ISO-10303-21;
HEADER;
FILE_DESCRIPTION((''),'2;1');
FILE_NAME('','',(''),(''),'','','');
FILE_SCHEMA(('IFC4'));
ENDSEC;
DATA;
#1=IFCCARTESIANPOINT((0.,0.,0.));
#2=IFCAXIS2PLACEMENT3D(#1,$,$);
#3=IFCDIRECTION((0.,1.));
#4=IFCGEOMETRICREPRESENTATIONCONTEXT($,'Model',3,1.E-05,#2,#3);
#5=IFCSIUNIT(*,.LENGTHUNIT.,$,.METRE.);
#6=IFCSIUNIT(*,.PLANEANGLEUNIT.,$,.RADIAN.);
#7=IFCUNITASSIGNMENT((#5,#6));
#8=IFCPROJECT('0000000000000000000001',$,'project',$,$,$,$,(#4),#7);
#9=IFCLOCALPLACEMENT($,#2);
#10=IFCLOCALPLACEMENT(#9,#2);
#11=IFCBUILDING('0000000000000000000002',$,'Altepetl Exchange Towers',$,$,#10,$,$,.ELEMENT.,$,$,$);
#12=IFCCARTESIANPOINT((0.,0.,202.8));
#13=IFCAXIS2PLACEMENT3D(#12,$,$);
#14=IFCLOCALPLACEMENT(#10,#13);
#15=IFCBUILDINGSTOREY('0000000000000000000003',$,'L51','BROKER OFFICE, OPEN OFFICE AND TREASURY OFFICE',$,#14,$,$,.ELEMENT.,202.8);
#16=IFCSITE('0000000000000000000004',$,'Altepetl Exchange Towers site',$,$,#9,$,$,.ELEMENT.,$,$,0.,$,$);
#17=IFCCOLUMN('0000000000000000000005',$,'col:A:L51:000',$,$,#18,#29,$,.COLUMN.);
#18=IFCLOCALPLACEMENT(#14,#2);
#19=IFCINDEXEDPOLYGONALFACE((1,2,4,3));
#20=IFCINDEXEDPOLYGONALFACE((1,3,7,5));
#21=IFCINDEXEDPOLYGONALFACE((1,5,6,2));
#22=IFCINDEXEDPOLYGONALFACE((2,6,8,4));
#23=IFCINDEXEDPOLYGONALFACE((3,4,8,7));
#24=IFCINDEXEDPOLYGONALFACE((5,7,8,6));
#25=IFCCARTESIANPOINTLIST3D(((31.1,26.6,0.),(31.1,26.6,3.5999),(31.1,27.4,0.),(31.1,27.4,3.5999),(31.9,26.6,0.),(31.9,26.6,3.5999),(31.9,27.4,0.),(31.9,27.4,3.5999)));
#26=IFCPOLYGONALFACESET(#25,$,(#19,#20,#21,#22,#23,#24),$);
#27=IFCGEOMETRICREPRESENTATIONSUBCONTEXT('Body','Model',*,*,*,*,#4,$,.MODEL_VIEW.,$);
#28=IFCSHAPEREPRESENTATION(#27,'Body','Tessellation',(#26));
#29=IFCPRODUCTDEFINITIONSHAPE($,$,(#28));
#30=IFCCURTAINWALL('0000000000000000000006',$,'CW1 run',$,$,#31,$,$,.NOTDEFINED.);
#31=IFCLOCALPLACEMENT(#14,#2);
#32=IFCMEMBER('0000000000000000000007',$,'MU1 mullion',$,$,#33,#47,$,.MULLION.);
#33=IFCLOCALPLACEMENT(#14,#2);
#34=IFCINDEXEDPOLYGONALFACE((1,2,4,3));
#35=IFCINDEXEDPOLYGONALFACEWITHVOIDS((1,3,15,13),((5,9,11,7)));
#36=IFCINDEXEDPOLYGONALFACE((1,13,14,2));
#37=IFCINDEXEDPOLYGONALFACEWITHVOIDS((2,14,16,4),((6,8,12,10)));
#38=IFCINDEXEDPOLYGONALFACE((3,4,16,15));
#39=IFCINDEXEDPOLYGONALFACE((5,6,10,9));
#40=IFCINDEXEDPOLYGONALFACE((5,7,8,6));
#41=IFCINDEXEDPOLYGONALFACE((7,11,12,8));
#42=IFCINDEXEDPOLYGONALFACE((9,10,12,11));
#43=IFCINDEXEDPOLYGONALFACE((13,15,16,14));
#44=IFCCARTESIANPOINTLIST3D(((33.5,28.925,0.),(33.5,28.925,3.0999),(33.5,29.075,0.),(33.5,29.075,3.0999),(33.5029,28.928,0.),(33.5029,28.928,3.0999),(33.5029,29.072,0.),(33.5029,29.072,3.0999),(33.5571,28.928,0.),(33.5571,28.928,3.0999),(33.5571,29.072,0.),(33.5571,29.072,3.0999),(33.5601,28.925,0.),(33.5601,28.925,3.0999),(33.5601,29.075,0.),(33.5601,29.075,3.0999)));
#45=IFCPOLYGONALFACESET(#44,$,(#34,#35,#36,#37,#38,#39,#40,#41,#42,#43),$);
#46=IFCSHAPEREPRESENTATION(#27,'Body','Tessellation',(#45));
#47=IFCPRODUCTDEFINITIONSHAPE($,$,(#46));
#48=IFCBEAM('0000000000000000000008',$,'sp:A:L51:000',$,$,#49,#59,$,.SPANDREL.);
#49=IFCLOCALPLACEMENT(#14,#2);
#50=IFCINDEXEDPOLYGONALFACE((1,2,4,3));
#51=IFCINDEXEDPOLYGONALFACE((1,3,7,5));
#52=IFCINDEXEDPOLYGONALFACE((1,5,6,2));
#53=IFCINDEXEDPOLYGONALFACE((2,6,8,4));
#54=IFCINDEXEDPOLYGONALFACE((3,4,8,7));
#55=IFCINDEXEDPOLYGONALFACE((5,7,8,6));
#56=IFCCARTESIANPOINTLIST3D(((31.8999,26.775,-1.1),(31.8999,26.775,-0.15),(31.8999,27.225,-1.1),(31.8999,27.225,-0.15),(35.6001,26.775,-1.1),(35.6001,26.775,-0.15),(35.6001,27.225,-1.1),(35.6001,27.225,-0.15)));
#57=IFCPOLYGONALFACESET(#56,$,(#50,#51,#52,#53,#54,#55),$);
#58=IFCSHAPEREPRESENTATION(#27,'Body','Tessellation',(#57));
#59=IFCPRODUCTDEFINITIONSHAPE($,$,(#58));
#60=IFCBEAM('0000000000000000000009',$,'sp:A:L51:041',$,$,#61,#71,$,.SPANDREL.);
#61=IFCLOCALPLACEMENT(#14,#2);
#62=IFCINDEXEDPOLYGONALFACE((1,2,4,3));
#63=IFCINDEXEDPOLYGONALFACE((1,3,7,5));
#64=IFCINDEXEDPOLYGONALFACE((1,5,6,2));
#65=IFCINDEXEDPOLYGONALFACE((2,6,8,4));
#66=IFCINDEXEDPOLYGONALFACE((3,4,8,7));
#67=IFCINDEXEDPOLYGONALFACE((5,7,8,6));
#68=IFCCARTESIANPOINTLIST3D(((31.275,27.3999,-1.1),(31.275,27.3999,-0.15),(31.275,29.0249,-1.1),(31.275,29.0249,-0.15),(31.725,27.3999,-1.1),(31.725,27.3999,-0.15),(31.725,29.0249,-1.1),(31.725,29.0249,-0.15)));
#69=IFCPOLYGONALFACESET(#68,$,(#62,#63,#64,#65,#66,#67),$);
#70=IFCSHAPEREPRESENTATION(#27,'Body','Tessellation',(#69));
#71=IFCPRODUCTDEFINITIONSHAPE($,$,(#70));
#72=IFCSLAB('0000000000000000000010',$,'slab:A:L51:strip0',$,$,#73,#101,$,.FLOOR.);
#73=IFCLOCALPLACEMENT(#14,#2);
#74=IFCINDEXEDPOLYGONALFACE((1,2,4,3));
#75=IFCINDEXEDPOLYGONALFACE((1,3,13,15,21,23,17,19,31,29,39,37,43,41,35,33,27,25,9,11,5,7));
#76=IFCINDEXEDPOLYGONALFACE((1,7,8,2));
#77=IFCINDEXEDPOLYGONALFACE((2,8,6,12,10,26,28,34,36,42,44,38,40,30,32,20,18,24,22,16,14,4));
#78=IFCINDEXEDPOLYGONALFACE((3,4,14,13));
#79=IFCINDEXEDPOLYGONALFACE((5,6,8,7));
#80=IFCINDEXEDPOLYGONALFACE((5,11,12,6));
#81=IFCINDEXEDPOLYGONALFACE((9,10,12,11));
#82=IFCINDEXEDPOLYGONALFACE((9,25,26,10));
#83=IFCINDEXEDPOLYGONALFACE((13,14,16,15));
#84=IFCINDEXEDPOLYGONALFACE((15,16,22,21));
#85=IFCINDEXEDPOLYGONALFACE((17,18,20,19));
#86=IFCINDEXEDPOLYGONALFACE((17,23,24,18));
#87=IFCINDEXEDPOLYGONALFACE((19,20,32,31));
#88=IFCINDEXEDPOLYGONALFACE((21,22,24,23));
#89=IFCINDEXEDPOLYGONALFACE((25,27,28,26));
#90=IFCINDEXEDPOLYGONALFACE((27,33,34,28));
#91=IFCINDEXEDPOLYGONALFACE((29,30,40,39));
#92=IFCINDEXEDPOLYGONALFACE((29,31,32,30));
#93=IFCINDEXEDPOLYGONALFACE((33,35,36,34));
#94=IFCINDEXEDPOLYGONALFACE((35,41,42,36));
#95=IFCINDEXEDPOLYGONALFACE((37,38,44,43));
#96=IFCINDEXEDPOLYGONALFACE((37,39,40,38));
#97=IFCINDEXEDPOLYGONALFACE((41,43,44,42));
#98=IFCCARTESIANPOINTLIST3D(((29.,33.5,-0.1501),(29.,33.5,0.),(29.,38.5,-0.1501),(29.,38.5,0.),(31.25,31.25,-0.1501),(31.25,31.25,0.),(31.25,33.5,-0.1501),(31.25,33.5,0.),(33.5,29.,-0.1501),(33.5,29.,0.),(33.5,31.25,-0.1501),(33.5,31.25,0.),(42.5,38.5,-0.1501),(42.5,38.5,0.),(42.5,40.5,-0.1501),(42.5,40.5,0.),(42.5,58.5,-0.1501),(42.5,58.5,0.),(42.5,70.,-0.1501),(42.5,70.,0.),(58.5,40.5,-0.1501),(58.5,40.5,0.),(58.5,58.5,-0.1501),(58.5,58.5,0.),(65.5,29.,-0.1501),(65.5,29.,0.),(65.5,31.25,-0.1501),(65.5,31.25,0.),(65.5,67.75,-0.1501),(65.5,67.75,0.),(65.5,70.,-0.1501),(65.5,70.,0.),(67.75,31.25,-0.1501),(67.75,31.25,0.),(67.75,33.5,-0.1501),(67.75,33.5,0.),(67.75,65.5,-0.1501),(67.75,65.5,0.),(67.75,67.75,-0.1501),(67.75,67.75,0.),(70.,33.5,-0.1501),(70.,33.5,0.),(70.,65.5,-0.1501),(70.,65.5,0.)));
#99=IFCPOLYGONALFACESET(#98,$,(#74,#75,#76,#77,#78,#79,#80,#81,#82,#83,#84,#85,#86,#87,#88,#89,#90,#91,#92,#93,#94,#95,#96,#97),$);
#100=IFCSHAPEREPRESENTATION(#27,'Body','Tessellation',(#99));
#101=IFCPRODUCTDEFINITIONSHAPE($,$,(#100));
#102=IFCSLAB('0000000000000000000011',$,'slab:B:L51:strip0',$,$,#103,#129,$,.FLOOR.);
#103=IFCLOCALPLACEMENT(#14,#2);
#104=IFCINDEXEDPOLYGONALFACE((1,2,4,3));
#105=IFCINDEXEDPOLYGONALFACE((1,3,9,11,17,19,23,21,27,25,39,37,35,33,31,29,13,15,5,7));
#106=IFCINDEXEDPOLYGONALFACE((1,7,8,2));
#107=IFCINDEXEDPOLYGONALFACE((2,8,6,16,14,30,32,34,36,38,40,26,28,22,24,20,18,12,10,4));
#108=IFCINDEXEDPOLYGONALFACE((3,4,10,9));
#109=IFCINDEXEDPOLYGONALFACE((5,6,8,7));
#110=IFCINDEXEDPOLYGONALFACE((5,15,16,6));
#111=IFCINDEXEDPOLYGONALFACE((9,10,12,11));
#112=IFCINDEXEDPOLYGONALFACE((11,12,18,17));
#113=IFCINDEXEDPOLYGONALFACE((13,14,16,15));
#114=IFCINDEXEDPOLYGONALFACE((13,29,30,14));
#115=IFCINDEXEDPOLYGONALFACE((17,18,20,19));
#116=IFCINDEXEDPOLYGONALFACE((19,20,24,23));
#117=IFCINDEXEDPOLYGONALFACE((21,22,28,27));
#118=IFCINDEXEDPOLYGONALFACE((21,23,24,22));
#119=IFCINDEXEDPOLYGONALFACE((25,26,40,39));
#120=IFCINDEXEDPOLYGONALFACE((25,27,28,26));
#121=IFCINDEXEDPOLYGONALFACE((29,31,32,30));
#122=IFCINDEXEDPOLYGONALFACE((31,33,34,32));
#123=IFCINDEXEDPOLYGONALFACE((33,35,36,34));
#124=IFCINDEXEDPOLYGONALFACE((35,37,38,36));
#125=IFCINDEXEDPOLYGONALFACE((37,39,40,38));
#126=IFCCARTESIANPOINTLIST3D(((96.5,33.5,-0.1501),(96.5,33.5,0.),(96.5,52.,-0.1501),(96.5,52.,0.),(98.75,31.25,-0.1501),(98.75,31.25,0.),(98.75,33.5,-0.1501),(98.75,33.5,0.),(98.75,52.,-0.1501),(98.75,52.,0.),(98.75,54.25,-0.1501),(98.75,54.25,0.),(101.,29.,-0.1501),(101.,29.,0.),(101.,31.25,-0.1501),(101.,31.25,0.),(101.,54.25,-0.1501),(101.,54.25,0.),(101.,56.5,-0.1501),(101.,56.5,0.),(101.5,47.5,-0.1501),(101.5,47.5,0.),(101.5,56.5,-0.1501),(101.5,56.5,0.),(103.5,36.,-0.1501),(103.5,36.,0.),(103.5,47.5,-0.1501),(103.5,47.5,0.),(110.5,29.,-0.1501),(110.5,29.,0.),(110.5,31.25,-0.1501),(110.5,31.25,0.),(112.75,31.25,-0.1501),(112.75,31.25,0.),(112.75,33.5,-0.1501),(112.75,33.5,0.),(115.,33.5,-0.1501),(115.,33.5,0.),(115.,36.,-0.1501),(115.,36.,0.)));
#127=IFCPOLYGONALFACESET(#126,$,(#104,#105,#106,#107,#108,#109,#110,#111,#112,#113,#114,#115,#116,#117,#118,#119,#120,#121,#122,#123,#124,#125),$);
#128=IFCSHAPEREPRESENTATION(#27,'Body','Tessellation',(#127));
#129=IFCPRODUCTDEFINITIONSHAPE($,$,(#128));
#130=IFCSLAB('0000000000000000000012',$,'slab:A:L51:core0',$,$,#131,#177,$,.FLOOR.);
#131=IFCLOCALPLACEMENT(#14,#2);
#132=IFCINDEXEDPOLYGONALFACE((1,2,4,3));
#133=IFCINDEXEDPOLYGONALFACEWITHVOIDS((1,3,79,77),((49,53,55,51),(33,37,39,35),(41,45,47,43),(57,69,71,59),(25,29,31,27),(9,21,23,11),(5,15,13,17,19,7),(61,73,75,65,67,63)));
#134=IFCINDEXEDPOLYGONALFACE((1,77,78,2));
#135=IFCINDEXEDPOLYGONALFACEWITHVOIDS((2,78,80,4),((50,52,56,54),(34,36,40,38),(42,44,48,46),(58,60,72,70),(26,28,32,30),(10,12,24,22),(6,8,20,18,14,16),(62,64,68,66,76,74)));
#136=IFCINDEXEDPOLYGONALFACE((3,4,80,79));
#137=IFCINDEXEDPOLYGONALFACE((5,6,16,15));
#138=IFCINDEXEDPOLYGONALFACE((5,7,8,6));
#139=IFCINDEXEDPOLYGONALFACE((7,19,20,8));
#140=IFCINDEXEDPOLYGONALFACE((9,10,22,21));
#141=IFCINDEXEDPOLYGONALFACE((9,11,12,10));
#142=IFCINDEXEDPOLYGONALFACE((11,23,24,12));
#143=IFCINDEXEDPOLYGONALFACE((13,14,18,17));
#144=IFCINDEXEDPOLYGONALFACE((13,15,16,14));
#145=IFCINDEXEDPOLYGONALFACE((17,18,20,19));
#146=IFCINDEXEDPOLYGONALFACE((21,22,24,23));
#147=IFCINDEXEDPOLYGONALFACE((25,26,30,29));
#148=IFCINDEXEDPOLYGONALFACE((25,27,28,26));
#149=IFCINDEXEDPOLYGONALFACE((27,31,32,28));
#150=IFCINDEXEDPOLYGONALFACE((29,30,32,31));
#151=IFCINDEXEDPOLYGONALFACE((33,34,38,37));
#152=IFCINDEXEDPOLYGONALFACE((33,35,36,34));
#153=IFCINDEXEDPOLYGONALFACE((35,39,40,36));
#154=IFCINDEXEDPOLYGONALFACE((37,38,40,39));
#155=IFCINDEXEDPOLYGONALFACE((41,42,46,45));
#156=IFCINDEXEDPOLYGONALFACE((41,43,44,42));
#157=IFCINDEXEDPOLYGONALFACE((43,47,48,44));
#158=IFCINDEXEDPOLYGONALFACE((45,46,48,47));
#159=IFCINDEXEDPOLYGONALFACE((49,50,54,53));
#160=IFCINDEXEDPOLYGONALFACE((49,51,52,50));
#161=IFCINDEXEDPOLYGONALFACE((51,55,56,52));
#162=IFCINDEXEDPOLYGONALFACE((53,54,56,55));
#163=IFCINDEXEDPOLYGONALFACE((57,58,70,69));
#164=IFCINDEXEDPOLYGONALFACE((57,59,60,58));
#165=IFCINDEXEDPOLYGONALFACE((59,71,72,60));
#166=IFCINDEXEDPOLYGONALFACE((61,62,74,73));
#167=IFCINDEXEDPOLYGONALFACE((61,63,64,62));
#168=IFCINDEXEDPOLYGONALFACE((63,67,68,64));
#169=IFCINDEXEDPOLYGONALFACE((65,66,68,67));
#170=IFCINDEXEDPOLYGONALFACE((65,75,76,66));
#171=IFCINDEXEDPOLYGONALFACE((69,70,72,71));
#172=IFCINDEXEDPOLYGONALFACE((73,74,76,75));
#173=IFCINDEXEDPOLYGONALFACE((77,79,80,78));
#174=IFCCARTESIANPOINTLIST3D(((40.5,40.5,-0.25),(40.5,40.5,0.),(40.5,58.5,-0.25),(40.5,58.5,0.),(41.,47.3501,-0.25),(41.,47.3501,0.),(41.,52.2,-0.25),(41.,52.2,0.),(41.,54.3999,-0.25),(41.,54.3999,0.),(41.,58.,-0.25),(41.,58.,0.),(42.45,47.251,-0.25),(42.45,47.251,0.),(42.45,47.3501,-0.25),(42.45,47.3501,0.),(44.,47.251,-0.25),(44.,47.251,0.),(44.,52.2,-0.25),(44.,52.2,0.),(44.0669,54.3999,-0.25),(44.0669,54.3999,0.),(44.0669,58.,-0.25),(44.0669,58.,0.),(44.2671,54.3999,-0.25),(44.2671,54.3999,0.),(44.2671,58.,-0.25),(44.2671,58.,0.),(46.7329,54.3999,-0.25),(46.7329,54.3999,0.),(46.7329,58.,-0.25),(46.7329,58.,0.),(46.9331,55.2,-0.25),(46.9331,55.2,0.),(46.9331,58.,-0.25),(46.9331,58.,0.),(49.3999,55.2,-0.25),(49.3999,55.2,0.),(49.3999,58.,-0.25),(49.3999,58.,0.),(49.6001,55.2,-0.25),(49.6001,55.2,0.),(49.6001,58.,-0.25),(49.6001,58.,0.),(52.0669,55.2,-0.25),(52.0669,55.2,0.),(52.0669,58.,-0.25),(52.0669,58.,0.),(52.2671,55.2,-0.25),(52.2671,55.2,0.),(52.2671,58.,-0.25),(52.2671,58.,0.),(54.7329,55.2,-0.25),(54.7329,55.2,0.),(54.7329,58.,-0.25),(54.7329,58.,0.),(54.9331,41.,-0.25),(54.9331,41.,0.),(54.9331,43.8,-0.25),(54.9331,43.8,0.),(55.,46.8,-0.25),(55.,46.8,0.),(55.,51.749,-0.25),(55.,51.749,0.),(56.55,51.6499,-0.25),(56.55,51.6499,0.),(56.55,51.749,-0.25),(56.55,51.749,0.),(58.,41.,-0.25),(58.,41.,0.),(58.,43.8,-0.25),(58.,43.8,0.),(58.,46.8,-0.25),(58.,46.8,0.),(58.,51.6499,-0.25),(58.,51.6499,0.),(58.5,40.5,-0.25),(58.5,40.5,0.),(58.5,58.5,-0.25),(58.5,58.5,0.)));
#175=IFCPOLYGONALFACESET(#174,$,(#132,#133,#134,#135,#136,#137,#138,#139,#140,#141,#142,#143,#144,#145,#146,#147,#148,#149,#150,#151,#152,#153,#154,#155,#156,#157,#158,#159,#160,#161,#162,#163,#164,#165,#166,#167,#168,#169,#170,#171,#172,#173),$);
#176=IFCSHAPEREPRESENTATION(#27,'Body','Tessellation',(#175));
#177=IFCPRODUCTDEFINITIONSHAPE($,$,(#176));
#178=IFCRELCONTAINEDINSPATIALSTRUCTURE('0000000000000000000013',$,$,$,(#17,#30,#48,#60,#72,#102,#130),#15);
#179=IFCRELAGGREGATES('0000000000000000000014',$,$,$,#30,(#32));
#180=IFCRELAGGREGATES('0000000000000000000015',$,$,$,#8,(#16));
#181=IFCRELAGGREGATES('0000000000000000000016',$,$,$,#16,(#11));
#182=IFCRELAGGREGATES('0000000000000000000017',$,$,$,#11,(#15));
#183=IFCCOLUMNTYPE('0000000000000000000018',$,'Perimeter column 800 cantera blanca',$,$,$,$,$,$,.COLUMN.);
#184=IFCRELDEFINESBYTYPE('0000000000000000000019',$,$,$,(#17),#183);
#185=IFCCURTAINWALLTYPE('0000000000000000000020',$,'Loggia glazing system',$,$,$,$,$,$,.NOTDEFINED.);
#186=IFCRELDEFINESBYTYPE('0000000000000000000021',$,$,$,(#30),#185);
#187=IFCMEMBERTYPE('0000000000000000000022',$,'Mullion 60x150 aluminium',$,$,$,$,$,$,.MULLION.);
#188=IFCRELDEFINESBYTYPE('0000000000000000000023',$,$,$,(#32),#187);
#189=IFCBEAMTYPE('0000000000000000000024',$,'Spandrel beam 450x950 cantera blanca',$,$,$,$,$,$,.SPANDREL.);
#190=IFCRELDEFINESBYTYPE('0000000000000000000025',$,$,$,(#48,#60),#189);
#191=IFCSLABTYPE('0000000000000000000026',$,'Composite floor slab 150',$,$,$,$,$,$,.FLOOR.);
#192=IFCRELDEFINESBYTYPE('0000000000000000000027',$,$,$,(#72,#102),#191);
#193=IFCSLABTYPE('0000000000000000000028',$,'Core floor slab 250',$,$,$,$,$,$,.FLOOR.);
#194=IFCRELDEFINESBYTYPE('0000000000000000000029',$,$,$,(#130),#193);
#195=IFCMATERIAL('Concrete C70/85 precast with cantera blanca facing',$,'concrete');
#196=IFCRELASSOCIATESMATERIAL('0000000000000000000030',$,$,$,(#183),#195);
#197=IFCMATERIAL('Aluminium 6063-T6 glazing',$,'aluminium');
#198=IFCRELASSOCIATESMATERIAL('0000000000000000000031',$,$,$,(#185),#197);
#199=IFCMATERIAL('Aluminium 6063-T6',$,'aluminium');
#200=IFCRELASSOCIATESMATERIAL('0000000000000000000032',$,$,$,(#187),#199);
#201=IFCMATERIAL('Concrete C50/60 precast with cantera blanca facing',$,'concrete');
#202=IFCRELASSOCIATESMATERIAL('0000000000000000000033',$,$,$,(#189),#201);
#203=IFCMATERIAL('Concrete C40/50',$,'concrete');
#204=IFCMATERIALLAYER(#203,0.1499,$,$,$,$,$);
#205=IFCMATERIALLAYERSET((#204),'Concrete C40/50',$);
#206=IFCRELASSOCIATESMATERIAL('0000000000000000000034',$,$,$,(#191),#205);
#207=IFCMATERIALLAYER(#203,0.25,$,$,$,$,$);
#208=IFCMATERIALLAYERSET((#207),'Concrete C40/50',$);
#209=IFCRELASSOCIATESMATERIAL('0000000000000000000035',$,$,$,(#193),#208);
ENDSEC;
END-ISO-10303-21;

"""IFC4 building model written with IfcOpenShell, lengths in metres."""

from ifc_helpers import new_model, si_unit, direction, frame, origin, origin_2d, place, context, subcontext, project, spatial, polyline, rectangle, hollow_rectangle, outline, extrude, material, layer, layer_set, material_profile, profile_set, type_object, element, aggregate, save


model = new_model("IFC4")

# Units and contexts
model_context = context("Model", 3, precision=1e-05, world=origin(), true_north=direction((0.0, 1.0)))
body_context = subcontext(model_context, "Body", "Model", "MODEL_VIEW")
ifc_project = project(units=[si_unit("LENGTHUNIT", "METRE"), si_unit("PLANEANGLEUNIT", "RADIAN")], contexts=[model_context])

# Site, building, storey
site_placement = place(None, origin())
site = spatial("IfcSite", under=ifc_project, at=site_placement, Name="Altepetl Exchange Towers site", CompositionType="ELEMENT", RefElevation=0.0)
building_placement = place(site_placement, origin())
building = spatial("IfcBuilding", under=site, at=building_placement, Name="Altepetl Exchange Towers", CompositionType="ELEMENT")
storey_placement = place(building_placement, frame((0.0, 0.0, 202.8)))
storey = spatial("IfcBuildingStorey", under=building, at=storey_placement, Name="L51", Description="BROKER OFFICE, OPEN OFFICE AND TREASURY OFFICE", CompositionType="ELEMENT", Elevation=202.8)

# Column
ifc_material_1 = material(Name="Concrete C70/85 precast with cantera blanca facing", Category="concrete")
ifc_material_profile_1 = material_profile(ifc_material_1, rectangle(XDim=0.8, YDim=0.8, at=origin_2d()), Name="800 x 800")
ifc_profile_set_1 = profile_set([ifc_material_profile_1], Name="Concrete C70/85 precast with cantera blanca facing")
column_type = type_object("IfcColumnType", Name="Perimeter column 800 cantera blanca", PredefinedType="COLUMN", material=ifc_profile_set_1)
column_placement = place(storey_placement, frame((31.5, 27.0, 0.0)))
element("IfcColumn", 1, at=column_placement, inside=storey, type_object=column_type, Name="col:A:L51:000", PredefinedType="COLUMN", context=body_context, shape_type="SweptSolid", body=[
    extrude(rectangle(XDim=0.8, YDim=0.8, at=origin_2d()), origin(), (0.0, 0.0, 1.0), 3.5999),
])

# Curtain wall, member
ifc_material_2 = material(Name="Aluminium 6063-T6 glazing", Category="aluminium")
curtain_wall_type = type_object("IfcCurtainWallType", Name="Loggia glazing system", PredefinedType="NOTDEFINED", material=ifc_material_2)
curtain_wall_placement = place(storey_placement, origin())
curtain_wall = element("IfcCurtainWall", 2, at=curtain_wall_placement, inside=storey, type_object=curtain_wall_type, Name="CW1 run", PredefinedType="NOTDEFINED")
ifc_material_3 = material(Name="Aluminium 6063-T6", Category="aluminium")
ifc_material_profile_2 = material_profile(ifc_material_3, hollow_rectangle(XDim=0.0601, YDim=0.1499, WallThickness=0.0029, at=origin_2d()), Name="Mullion 60x150 aluminium")
ifc_profile_set_2 = profile_set([ifc_material_profile_2], Name="Aluminium 6063-T6")
member_type = type_object("IfcMemberType", Name="Mullion 60x150 aluminium", PredefinedType="MULLION", material=ifc_profile_set_2)
member_placement = place(storey_placement, frame((33.53, 29.0, 0.0)))
member = element("IfcMember", 3, at=member_placement, type_object=member_type, Name="MU1 mullion", PredefinedType="MULLION", context=body_context, shape_type="SweptSolid", body=[
    extrude(hollow_rectangle(XDim=0.0601, YDim=0.1499, WallThickness=0.0029, at=origin_2d()), origin(), (0.0, 0.0, 1.0), 3.0999),
])
aggregate(curtain_wall, [member])

# Beams
ifc_material_4 = material(Name="Concrete C50/60 precast with cantera blanca facing", Category="concrete")
ifc_material_profile_3 = material_profile(ifc_material_4, rectangle(XDim=0.45, YDim=0.95, at=origin_2d()), Name="450 x 950")
ifc_profile_set_3 = profile_set([ifc_material_profile_3], Name="Concrete C50/60 precast with cantera blanca facing")
beam_type = type_object("IfcBeamType", Name="Spandrel beam 450x950 cantera blanca", PredefinedType="SPANDREL", material=ifc_profile_set_3)
beam_1_placement = place(storey_placement, frame((31.8999, 27.0, -0.625), z_axis=(1.0, 0.0, 0.0), x_axis=(0.0, 1.0, 0.0)))
element("IfcBeam", 4, at=beam_1_placement, inside=storey, type_object=beam_type, Name="sp:A:L51:000", PredefinedType="SPANDREL", context=body_context, shape_type="SweptSolid", body=[
    extrude(rectangle(XDim=0.45, YDim=0.95, at=origin_2d()), origin(), (0.0, 0.0, 1.0), 3.7002),
])
beam_2_placement = place(storey_placement, frame((31.5, 29.0249, -0.625), z_axis=(0.0, -1.0, 0.0), x_axis=(1.0, 0.0, 0.0)))
element("IfcBeam", 5, at=beam_2_placement, inside=storey, type_object=beam_type, Name="sp:A:L51:041", PredefinedType="SPANDREL", context=body_context, shape_type="SweptSolid", body=[
    extrude(rectangle(XDim=0.45, YDim=0.95, at=origin_2d()), origin(), (0.0, 0.0, 1.0), 1.625),
])

# Slabs
ifc_material_5 = material(Name="Concrete C40/50", Category="concrete")
ifc_layer_1 = layer(ifc_material_5, 0.1499)
ifc_layer_set_1 = layer_set([ifc_layer_1], Name="Concrete C40/50")
slab_type_1 = type_object("IfcSlabType", Name="Composite floor slab 150", PredefinedType="FLOOR", material=ifc_layer_set_1)
slab_1_placement = place(storey_placement, frame((0.0, 0.0, -0.1501)))
element("IfcSlab", 6, at=slab_1_placement, inside=storey, type_object=slab_type_1, Name="slab:A:L51:strip0", PredefinedType="FLOOR", context=body_context, shape_type="SweptSolid", body=[
    extrude(outline(polyline([(42.5, 70.0), (42.5, 58.5), (58.5, 58.5), (58.5, 40.5), (42.5, 40.5), (42.5, 38.5), (29.0, 38.5), (29.0, 33.5), (31.25, 33.5), (31.25, 31.25), (33.5, 31.25), (33.5, 29.0), (65.5, 29.0), (65.5, 31.25), (67.75, 31.25), (67.75, 33.5), (70.0, 33.5), (70.0, 65.5), (67.75, 65.5), (67.75, 67.75), (65.5, 67.75), (65.5, 70.0), (42.5, 70.0)])), origin(), (0.0, 0.0, 1.0), 0.1501),
])
slab_2_placement = place(storey_placement, frame((0.0, 0.0, -0.1501)))
element("IfcSlab", 7, at=slab_2_placement, inside=storey, type_object=slab_type_1, Name="slab:B:L51:strip0", PredefinedType="FLOOR", context=body_context, shape_type="SweptSolid", body=[
    extrude(outline(polyline([(98.75, 31.25), (101.0, 31.25), (101.0, 29.0), (110.5, 29.0), (110.5, 31.25), (112.75, 31.25), (112.75, 33.5), (115.0, 33.5), (115.0, 36.0), (103.5, 36.0), (103.5, 47.5), (101.5, 47.5), (101.5, 56.5), (101.0, 56.5), (101.0, 54.25), (98.75, 54.25), (98.75, 52.0), (96.5, 52.0), (96.5, 33.5), (98.75, 33.5), (98.75, 31.25)])), origin(), (0.0, 0.0, 1.0), 0.1501),
])
ifc_layer_2 = layer(ifc_material_5, 0.25)
ifc_layer_set_2 = layer_set([ifc_layer_2], Name="Concrete C40/50")
slab_type_2 = type_object("IfcSlabType", Name="Core floor slab 250", PredefinedType="FLOOR", material=ifc_layer_set_2)
slab_3_placement = place(storey_placement, frame((0.0, 0.0, -0.25)))
element("IfcSlab", 8, at=slab_3_placement, inside=storey, type_object=slab_type_2, Name="slab:A:L51:core0", PredefinedType="FLOOR", context=body_context, shape_type="SweptSolid", body=[
    extrude(outline(polyline([(40.5, 40.5), (58.5, 40.5), (58.5, 58.5), (40.5, 58.5), (40.5, 40.5)]), holes=[polyline([(54.9331, 43.8), (58.0, 43.8), (58.0, 41.0), (54.9331, 41.0), (54.9331, 43.8)]), polyline([(55.0, 51.749), (56.55, 51.749), (56.55, 51.6499), (58.0, 51.6499), (58.0, 46.8), (55.0, 46.8), (55.0, 51.749)]), polyline([(44.0, 47.251), (42.45, 47.251), (42.45, 47.3501), (41.0, 47.3501), (41.0, 52.2), (44.0, 52.2), (44.0, 47.251)]), polyline([(41.0, 58.0), (44.0669, 58.0), (44.0669, 54.3999), (41.0, 54.3999), (41.0, 58.0)]), polyline([(44.2671, 58.0), (46.7329, 58.0), (46.7329, 54.3999), (44.2671, 54.3999), (44.2671, 58.0)]), polyline([(46.9331, 58.0), (49.3999, 58.0), (49.3999, 55.2), (46.9331, 55.2), (46.9331, 58.0)]), polyline([(49.6001, 58.0), (52.0669, 58.0), (52.0669, 55.2), (49.6001, 55.2), (49.6001, 58.0)]), polyline([(52.2671, 58.0), (54.7329, 58.0), (54.7329, 55.2), (52.2671, 55.2), (52.2671, 58.0)])]), origin(), (0.0, 0.0, 1.0), 0.25),
])

save(model, "model.ifc")
